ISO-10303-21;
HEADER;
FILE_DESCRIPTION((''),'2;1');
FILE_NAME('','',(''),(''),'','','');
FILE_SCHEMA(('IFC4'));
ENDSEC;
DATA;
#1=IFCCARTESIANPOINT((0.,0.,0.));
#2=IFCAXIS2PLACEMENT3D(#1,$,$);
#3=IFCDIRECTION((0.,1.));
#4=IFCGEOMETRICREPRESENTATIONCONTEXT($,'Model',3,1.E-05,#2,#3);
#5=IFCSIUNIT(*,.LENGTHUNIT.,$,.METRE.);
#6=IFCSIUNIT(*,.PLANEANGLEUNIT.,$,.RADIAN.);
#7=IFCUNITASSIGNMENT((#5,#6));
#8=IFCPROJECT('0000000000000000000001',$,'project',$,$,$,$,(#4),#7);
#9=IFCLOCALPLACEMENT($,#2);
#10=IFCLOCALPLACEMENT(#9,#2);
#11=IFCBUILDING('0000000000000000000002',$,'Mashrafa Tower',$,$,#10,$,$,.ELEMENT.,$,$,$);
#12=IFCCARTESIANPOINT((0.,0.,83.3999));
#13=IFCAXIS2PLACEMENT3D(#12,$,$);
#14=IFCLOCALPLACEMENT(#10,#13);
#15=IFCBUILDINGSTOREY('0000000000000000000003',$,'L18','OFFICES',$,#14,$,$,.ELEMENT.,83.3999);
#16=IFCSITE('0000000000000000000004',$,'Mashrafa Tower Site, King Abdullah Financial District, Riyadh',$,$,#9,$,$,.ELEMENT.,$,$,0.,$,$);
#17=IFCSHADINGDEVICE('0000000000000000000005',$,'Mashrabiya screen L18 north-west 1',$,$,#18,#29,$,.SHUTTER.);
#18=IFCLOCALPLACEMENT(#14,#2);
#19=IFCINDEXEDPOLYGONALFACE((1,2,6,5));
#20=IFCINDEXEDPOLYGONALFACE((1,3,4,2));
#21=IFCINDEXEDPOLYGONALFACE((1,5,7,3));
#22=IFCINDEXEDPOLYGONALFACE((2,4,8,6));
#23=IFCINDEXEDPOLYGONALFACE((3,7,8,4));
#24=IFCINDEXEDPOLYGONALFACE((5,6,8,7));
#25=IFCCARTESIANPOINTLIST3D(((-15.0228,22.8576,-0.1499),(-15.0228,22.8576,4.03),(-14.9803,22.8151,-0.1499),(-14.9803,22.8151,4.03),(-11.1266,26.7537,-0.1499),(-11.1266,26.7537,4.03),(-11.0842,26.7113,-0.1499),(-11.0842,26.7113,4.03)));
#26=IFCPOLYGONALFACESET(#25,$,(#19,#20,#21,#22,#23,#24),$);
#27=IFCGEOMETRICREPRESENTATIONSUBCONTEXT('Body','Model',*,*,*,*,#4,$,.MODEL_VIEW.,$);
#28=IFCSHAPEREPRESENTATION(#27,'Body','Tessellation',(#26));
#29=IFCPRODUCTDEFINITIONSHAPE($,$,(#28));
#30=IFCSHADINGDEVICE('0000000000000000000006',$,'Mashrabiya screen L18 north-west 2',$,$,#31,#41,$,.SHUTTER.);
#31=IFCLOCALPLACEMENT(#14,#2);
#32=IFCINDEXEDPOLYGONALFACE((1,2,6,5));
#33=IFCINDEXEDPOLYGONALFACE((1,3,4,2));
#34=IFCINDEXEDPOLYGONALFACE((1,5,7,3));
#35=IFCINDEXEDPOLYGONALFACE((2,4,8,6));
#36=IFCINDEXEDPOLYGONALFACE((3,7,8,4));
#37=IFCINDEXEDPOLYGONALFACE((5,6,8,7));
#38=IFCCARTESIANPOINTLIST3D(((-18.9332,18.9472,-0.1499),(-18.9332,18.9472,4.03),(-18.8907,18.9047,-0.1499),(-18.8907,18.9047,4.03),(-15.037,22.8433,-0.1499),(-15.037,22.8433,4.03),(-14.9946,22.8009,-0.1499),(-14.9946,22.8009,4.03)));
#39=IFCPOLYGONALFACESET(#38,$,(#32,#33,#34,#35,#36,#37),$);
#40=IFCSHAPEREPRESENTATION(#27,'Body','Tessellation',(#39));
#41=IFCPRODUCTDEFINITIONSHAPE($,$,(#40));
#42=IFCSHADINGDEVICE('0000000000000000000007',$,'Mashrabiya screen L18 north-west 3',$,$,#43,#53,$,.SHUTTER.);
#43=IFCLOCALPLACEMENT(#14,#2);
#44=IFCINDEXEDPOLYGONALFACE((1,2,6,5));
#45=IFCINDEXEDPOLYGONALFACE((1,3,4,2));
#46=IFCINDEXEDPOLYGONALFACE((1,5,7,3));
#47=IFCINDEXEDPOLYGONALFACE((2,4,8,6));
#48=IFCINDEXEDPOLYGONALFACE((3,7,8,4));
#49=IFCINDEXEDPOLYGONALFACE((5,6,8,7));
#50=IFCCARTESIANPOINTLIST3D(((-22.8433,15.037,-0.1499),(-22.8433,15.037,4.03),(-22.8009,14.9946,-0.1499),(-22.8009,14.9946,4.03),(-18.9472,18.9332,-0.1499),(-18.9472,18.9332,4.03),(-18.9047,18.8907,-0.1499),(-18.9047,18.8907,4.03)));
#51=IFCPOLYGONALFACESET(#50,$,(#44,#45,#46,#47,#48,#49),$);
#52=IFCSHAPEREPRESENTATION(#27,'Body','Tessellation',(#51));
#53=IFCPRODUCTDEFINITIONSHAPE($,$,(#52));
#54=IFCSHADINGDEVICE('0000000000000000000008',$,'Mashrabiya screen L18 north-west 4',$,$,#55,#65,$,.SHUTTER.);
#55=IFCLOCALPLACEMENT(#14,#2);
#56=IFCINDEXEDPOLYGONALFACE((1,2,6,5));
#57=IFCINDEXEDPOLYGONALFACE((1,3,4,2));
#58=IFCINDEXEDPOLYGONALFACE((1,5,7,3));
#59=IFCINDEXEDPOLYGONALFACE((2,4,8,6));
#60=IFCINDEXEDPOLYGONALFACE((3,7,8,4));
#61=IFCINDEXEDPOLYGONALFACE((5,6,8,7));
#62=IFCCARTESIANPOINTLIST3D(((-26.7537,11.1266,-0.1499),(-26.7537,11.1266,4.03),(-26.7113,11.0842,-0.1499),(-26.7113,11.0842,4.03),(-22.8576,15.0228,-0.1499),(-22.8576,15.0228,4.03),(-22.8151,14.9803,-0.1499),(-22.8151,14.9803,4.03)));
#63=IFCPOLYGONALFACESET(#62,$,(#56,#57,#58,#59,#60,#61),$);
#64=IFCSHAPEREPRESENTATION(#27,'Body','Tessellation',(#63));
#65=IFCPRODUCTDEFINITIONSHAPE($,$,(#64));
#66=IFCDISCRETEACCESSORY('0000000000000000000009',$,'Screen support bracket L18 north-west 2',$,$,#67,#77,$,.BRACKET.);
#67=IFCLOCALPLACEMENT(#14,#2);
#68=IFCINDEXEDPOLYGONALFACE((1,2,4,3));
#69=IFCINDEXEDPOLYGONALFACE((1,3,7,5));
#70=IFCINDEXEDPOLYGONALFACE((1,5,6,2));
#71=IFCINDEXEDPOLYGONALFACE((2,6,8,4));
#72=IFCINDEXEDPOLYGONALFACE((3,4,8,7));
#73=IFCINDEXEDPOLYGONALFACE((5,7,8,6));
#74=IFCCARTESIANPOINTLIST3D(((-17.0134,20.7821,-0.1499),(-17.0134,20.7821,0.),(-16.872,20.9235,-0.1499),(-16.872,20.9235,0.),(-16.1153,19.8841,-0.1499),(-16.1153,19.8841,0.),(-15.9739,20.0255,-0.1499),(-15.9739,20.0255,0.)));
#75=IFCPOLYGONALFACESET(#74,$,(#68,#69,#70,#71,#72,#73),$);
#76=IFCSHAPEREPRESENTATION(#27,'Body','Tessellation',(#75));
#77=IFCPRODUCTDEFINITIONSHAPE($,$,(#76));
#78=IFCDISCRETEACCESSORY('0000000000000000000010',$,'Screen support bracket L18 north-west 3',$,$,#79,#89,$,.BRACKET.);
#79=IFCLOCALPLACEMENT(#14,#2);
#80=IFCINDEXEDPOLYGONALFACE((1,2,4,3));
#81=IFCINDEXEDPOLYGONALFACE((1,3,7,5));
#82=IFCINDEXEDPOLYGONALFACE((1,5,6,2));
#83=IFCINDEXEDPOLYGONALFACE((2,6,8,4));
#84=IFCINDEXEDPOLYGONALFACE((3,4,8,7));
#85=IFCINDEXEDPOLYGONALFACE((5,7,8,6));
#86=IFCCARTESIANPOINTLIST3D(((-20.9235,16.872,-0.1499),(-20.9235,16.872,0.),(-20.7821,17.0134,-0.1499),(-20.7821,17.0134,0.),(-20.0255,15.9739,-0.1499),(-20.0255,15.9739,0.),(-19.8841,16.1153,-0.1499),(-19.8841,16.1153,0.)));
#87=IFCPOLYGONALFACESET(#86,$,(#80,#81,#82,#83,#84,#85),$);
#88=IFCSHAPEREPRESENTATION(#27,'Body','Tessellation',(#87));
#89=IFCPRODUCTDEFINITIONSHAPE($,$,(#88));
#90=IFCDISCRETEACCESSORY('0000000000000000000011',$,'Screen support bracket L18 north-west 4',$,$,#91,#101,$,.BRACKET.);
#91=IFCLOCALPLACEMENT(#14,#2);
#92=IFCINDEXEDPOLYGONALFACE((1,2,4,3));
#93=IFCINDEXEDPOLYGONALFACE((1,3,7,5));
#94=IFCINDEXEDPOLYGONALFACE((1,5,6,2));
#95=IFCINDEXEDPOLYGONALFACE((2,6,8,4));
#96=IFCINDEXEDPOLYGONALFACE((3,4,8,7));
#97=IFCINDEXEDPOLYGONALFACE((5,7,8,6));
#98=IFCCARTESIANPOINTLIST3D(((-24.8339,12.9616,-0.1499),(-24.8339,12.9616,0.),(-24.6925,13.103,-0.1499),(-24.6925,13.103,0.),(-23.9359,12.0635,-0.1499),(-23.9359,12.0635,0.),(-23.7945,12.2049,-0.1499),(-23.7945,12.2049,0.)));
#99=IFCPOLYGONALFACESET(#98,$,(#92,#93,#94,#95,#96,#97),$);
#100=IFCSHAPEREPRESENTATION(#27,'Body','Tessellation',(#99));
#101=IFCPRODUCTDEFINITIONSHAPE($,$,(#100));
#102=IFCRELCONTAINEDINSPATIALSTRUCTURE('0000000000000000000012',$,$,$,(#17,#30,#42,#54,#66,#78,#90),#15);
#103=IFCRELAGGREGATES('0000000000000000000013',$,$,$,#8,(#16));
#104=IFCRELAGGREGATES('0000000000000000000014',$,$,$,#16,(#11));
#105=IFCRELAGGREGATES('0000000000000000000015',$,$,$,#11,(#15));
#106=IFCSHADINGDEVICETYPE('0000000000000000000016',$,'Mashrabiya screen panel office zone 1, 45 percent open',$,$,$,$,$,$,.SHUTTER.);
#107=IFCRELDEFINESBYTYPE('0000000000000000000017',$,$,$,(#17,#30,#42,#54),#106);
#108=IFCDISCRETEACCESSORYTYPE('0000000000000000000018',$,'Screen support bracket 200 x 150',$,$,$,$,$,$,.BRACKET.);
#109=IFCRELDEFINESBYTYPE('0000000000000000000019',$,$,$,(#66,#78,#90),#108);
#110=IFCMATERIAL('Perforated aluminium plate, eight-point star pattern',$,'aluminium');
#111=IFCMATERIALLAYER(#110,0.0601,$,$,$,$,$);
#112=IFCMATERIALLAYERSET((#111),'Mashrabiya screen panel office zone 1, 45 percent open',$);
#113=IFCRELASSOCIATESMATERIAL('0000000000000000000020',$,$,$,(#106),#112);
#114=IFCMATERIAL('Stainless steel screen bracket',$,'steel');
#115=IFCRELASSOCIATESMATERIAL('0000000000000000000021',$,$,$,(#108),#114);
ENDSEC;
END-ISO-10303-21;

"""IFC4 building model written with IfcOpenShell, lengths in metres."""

from ifc_helpers import new_model, si_unit, direction, frame, origin, origin_2d, place, context, subcontext, project, spatial, rectangle, extrude, source, transform, mapped, material, layer, layer_set, type_object, type_shapes, element, save


model = new_model("IFC4")

# Units and contexts
model_context = context("Model", 3, precision=1e-05, world=origin(), true_north=direction((0.0, 1.0)))
body_context = subcontext(model_context, "Body", "Model", "MODEL_VIEW")
ifc_project = project(units=[si_unit("LENGTHUNIT", "METRE"), si_unit("PLANEANGLEUNIT", "RADIAN")], contexts=[model_context])

# Site, building, storey
site_placement = place(None, origin())
site = spatial("IfcSite", under=ifc_project, at=site_placement, Name="Mashrafa Tower Site, King Abdullah Financial District, Riyadh", CompositionType="ELEMENT", RefElevation=0.0)
building_placement = place(site_placement, origin())
building = spatial("IfcBuilding", under=site, at=building_placement, Name="Mashrafa Tower", CompositionType="ELEMENT")
storey_placement = place(building_placement, frame((0.0, 0.0, 83.3999)))
storey = spatial("IfcBuildingStorey", under=building, at=storey_placement, Name="L18", Description="OFFICES", CompositionType="ELEMENT", Elevation=83.3999)

# Shading devices
ifc_material_1 = material(Name="Perforated aluminium plate, eight-point star pattern", Category="aluminium")
ifc_layer_1 = layer(ifc_material_1, 0.0601)
ifc_layer_set_1 = layer_set([ifc_layer_1], Name="Mashrabiya screen panel office zone 1, 45 percent open")
shading_device_type = type_object("IfcShadingDeviceType", Name="Mashrabiya screen panel office zone 1, 45 percent open", PredefinedType="SHUTTER", material=ifc_layer_set_1)
shared_shape_1 = source(origin(), body_context, "Body", "SweptSolid", [
    extrude(rectangle(XDim=5.51, YDim=0.0601, at=origin_2d()), origin(), (0.0, 0.0, 1.0), 4.1799),
])
type_shapes(shading_device_type, [shared_shape_1])
for number, where, z_axis, x_axis, name in (
    (1, (-13.0535, 24.7844, -0.1499), (0.0, 0.0, 1.0), (-0.707107, -0.707107, 0.0), "Mashrabiya screen L18 north-west 1"),
    (2, (-16.9639, 20.874, -0.1499), (0.0, 0.0, 1.0), (-0.707107, -0.707107, 0.0), "Mashrabiya screen L18 north-west 2"),
    (3, (-20.874, 16.9639, -0.1499), (0.0, 0.0, 1.0), (-0.707107, -0.707107, 0.0), "Mashrabiya screen L18 north-west 3"),
    (4, (-24.7844, 13.0535, -0.1499), (0.0, 0.0, 1.0), (-0.707107, -0.707107, 0.0), "Mashrabiya screen L18 north-west 4"),
):
    element("IfcShadingDevice", number, at=place(storey_placement, frame(where, z_axis=z_axis, x_axis=x_axis)), inside=storey, type_object=shading_device_type, Name=name, PredefinedType="SHUTTER", context=body_context, shape_type="MappedRepresentation", body=[
        mapped(shared_shape_1, transform((0.0, 0.0, 0.0))),
    ])

# Discrete accessories
ifc_material_2 = material(Name="Stainless steel screen bracket", Category="steel")
discrete_accessory_type = type_object("IfcDiscreteAccessoryType", Name="Screen support bracket 200 x 150", PredefinedType="BRACKET", material=ifc_material_2)
shared_shape_2 = source(origin(), body_context, "Body", "SweptSolid", [
    extrude(rectangle(XDim=0.2, YDim=1.27, at=origin_2d()), origin(), (0.0, 0.0, 1.0), 0.1499),
])
type_shapes(discrete_accessory_type, [shared_shape_2])
for number, where, z_axis, x_axis, name in (
    (5, (-16.4937, 20.4038, -0.1499), (0.0, 0.0, 1.0), (-0.707107, -0.707107, 0.0), "Screen support bracket L18 north-west 2"),
    (6, (-20.4038, 16.4937, -0.1499), (0.0, 0.0, 1.0), (-0.707107, -0.707107, 0.0), "Screen support bracket L18 north-west 3"),
    (7, (-24.3142, 12.5833, -0.1499), (0.0, 0.0, 1.0), (-0.707107, -0.707107, 0.0), "Screen support bracket L18 north-west 4"),
):
    element("IfcDiscreteAccessory", number, at=place(storey_placement, frame(where, z_axis=z_axis, x_axis=x_axis)), inside=storey, type_object=discrete_accessory_type, Name=name, PredefinedType="BRACKET", context=body_context, shape_type="MappedRepresentation", body=[
        mapped(shared_shape_2, transform((0.0, 0.0, 0.0))),
    ])

save(model, "model.ifc")
